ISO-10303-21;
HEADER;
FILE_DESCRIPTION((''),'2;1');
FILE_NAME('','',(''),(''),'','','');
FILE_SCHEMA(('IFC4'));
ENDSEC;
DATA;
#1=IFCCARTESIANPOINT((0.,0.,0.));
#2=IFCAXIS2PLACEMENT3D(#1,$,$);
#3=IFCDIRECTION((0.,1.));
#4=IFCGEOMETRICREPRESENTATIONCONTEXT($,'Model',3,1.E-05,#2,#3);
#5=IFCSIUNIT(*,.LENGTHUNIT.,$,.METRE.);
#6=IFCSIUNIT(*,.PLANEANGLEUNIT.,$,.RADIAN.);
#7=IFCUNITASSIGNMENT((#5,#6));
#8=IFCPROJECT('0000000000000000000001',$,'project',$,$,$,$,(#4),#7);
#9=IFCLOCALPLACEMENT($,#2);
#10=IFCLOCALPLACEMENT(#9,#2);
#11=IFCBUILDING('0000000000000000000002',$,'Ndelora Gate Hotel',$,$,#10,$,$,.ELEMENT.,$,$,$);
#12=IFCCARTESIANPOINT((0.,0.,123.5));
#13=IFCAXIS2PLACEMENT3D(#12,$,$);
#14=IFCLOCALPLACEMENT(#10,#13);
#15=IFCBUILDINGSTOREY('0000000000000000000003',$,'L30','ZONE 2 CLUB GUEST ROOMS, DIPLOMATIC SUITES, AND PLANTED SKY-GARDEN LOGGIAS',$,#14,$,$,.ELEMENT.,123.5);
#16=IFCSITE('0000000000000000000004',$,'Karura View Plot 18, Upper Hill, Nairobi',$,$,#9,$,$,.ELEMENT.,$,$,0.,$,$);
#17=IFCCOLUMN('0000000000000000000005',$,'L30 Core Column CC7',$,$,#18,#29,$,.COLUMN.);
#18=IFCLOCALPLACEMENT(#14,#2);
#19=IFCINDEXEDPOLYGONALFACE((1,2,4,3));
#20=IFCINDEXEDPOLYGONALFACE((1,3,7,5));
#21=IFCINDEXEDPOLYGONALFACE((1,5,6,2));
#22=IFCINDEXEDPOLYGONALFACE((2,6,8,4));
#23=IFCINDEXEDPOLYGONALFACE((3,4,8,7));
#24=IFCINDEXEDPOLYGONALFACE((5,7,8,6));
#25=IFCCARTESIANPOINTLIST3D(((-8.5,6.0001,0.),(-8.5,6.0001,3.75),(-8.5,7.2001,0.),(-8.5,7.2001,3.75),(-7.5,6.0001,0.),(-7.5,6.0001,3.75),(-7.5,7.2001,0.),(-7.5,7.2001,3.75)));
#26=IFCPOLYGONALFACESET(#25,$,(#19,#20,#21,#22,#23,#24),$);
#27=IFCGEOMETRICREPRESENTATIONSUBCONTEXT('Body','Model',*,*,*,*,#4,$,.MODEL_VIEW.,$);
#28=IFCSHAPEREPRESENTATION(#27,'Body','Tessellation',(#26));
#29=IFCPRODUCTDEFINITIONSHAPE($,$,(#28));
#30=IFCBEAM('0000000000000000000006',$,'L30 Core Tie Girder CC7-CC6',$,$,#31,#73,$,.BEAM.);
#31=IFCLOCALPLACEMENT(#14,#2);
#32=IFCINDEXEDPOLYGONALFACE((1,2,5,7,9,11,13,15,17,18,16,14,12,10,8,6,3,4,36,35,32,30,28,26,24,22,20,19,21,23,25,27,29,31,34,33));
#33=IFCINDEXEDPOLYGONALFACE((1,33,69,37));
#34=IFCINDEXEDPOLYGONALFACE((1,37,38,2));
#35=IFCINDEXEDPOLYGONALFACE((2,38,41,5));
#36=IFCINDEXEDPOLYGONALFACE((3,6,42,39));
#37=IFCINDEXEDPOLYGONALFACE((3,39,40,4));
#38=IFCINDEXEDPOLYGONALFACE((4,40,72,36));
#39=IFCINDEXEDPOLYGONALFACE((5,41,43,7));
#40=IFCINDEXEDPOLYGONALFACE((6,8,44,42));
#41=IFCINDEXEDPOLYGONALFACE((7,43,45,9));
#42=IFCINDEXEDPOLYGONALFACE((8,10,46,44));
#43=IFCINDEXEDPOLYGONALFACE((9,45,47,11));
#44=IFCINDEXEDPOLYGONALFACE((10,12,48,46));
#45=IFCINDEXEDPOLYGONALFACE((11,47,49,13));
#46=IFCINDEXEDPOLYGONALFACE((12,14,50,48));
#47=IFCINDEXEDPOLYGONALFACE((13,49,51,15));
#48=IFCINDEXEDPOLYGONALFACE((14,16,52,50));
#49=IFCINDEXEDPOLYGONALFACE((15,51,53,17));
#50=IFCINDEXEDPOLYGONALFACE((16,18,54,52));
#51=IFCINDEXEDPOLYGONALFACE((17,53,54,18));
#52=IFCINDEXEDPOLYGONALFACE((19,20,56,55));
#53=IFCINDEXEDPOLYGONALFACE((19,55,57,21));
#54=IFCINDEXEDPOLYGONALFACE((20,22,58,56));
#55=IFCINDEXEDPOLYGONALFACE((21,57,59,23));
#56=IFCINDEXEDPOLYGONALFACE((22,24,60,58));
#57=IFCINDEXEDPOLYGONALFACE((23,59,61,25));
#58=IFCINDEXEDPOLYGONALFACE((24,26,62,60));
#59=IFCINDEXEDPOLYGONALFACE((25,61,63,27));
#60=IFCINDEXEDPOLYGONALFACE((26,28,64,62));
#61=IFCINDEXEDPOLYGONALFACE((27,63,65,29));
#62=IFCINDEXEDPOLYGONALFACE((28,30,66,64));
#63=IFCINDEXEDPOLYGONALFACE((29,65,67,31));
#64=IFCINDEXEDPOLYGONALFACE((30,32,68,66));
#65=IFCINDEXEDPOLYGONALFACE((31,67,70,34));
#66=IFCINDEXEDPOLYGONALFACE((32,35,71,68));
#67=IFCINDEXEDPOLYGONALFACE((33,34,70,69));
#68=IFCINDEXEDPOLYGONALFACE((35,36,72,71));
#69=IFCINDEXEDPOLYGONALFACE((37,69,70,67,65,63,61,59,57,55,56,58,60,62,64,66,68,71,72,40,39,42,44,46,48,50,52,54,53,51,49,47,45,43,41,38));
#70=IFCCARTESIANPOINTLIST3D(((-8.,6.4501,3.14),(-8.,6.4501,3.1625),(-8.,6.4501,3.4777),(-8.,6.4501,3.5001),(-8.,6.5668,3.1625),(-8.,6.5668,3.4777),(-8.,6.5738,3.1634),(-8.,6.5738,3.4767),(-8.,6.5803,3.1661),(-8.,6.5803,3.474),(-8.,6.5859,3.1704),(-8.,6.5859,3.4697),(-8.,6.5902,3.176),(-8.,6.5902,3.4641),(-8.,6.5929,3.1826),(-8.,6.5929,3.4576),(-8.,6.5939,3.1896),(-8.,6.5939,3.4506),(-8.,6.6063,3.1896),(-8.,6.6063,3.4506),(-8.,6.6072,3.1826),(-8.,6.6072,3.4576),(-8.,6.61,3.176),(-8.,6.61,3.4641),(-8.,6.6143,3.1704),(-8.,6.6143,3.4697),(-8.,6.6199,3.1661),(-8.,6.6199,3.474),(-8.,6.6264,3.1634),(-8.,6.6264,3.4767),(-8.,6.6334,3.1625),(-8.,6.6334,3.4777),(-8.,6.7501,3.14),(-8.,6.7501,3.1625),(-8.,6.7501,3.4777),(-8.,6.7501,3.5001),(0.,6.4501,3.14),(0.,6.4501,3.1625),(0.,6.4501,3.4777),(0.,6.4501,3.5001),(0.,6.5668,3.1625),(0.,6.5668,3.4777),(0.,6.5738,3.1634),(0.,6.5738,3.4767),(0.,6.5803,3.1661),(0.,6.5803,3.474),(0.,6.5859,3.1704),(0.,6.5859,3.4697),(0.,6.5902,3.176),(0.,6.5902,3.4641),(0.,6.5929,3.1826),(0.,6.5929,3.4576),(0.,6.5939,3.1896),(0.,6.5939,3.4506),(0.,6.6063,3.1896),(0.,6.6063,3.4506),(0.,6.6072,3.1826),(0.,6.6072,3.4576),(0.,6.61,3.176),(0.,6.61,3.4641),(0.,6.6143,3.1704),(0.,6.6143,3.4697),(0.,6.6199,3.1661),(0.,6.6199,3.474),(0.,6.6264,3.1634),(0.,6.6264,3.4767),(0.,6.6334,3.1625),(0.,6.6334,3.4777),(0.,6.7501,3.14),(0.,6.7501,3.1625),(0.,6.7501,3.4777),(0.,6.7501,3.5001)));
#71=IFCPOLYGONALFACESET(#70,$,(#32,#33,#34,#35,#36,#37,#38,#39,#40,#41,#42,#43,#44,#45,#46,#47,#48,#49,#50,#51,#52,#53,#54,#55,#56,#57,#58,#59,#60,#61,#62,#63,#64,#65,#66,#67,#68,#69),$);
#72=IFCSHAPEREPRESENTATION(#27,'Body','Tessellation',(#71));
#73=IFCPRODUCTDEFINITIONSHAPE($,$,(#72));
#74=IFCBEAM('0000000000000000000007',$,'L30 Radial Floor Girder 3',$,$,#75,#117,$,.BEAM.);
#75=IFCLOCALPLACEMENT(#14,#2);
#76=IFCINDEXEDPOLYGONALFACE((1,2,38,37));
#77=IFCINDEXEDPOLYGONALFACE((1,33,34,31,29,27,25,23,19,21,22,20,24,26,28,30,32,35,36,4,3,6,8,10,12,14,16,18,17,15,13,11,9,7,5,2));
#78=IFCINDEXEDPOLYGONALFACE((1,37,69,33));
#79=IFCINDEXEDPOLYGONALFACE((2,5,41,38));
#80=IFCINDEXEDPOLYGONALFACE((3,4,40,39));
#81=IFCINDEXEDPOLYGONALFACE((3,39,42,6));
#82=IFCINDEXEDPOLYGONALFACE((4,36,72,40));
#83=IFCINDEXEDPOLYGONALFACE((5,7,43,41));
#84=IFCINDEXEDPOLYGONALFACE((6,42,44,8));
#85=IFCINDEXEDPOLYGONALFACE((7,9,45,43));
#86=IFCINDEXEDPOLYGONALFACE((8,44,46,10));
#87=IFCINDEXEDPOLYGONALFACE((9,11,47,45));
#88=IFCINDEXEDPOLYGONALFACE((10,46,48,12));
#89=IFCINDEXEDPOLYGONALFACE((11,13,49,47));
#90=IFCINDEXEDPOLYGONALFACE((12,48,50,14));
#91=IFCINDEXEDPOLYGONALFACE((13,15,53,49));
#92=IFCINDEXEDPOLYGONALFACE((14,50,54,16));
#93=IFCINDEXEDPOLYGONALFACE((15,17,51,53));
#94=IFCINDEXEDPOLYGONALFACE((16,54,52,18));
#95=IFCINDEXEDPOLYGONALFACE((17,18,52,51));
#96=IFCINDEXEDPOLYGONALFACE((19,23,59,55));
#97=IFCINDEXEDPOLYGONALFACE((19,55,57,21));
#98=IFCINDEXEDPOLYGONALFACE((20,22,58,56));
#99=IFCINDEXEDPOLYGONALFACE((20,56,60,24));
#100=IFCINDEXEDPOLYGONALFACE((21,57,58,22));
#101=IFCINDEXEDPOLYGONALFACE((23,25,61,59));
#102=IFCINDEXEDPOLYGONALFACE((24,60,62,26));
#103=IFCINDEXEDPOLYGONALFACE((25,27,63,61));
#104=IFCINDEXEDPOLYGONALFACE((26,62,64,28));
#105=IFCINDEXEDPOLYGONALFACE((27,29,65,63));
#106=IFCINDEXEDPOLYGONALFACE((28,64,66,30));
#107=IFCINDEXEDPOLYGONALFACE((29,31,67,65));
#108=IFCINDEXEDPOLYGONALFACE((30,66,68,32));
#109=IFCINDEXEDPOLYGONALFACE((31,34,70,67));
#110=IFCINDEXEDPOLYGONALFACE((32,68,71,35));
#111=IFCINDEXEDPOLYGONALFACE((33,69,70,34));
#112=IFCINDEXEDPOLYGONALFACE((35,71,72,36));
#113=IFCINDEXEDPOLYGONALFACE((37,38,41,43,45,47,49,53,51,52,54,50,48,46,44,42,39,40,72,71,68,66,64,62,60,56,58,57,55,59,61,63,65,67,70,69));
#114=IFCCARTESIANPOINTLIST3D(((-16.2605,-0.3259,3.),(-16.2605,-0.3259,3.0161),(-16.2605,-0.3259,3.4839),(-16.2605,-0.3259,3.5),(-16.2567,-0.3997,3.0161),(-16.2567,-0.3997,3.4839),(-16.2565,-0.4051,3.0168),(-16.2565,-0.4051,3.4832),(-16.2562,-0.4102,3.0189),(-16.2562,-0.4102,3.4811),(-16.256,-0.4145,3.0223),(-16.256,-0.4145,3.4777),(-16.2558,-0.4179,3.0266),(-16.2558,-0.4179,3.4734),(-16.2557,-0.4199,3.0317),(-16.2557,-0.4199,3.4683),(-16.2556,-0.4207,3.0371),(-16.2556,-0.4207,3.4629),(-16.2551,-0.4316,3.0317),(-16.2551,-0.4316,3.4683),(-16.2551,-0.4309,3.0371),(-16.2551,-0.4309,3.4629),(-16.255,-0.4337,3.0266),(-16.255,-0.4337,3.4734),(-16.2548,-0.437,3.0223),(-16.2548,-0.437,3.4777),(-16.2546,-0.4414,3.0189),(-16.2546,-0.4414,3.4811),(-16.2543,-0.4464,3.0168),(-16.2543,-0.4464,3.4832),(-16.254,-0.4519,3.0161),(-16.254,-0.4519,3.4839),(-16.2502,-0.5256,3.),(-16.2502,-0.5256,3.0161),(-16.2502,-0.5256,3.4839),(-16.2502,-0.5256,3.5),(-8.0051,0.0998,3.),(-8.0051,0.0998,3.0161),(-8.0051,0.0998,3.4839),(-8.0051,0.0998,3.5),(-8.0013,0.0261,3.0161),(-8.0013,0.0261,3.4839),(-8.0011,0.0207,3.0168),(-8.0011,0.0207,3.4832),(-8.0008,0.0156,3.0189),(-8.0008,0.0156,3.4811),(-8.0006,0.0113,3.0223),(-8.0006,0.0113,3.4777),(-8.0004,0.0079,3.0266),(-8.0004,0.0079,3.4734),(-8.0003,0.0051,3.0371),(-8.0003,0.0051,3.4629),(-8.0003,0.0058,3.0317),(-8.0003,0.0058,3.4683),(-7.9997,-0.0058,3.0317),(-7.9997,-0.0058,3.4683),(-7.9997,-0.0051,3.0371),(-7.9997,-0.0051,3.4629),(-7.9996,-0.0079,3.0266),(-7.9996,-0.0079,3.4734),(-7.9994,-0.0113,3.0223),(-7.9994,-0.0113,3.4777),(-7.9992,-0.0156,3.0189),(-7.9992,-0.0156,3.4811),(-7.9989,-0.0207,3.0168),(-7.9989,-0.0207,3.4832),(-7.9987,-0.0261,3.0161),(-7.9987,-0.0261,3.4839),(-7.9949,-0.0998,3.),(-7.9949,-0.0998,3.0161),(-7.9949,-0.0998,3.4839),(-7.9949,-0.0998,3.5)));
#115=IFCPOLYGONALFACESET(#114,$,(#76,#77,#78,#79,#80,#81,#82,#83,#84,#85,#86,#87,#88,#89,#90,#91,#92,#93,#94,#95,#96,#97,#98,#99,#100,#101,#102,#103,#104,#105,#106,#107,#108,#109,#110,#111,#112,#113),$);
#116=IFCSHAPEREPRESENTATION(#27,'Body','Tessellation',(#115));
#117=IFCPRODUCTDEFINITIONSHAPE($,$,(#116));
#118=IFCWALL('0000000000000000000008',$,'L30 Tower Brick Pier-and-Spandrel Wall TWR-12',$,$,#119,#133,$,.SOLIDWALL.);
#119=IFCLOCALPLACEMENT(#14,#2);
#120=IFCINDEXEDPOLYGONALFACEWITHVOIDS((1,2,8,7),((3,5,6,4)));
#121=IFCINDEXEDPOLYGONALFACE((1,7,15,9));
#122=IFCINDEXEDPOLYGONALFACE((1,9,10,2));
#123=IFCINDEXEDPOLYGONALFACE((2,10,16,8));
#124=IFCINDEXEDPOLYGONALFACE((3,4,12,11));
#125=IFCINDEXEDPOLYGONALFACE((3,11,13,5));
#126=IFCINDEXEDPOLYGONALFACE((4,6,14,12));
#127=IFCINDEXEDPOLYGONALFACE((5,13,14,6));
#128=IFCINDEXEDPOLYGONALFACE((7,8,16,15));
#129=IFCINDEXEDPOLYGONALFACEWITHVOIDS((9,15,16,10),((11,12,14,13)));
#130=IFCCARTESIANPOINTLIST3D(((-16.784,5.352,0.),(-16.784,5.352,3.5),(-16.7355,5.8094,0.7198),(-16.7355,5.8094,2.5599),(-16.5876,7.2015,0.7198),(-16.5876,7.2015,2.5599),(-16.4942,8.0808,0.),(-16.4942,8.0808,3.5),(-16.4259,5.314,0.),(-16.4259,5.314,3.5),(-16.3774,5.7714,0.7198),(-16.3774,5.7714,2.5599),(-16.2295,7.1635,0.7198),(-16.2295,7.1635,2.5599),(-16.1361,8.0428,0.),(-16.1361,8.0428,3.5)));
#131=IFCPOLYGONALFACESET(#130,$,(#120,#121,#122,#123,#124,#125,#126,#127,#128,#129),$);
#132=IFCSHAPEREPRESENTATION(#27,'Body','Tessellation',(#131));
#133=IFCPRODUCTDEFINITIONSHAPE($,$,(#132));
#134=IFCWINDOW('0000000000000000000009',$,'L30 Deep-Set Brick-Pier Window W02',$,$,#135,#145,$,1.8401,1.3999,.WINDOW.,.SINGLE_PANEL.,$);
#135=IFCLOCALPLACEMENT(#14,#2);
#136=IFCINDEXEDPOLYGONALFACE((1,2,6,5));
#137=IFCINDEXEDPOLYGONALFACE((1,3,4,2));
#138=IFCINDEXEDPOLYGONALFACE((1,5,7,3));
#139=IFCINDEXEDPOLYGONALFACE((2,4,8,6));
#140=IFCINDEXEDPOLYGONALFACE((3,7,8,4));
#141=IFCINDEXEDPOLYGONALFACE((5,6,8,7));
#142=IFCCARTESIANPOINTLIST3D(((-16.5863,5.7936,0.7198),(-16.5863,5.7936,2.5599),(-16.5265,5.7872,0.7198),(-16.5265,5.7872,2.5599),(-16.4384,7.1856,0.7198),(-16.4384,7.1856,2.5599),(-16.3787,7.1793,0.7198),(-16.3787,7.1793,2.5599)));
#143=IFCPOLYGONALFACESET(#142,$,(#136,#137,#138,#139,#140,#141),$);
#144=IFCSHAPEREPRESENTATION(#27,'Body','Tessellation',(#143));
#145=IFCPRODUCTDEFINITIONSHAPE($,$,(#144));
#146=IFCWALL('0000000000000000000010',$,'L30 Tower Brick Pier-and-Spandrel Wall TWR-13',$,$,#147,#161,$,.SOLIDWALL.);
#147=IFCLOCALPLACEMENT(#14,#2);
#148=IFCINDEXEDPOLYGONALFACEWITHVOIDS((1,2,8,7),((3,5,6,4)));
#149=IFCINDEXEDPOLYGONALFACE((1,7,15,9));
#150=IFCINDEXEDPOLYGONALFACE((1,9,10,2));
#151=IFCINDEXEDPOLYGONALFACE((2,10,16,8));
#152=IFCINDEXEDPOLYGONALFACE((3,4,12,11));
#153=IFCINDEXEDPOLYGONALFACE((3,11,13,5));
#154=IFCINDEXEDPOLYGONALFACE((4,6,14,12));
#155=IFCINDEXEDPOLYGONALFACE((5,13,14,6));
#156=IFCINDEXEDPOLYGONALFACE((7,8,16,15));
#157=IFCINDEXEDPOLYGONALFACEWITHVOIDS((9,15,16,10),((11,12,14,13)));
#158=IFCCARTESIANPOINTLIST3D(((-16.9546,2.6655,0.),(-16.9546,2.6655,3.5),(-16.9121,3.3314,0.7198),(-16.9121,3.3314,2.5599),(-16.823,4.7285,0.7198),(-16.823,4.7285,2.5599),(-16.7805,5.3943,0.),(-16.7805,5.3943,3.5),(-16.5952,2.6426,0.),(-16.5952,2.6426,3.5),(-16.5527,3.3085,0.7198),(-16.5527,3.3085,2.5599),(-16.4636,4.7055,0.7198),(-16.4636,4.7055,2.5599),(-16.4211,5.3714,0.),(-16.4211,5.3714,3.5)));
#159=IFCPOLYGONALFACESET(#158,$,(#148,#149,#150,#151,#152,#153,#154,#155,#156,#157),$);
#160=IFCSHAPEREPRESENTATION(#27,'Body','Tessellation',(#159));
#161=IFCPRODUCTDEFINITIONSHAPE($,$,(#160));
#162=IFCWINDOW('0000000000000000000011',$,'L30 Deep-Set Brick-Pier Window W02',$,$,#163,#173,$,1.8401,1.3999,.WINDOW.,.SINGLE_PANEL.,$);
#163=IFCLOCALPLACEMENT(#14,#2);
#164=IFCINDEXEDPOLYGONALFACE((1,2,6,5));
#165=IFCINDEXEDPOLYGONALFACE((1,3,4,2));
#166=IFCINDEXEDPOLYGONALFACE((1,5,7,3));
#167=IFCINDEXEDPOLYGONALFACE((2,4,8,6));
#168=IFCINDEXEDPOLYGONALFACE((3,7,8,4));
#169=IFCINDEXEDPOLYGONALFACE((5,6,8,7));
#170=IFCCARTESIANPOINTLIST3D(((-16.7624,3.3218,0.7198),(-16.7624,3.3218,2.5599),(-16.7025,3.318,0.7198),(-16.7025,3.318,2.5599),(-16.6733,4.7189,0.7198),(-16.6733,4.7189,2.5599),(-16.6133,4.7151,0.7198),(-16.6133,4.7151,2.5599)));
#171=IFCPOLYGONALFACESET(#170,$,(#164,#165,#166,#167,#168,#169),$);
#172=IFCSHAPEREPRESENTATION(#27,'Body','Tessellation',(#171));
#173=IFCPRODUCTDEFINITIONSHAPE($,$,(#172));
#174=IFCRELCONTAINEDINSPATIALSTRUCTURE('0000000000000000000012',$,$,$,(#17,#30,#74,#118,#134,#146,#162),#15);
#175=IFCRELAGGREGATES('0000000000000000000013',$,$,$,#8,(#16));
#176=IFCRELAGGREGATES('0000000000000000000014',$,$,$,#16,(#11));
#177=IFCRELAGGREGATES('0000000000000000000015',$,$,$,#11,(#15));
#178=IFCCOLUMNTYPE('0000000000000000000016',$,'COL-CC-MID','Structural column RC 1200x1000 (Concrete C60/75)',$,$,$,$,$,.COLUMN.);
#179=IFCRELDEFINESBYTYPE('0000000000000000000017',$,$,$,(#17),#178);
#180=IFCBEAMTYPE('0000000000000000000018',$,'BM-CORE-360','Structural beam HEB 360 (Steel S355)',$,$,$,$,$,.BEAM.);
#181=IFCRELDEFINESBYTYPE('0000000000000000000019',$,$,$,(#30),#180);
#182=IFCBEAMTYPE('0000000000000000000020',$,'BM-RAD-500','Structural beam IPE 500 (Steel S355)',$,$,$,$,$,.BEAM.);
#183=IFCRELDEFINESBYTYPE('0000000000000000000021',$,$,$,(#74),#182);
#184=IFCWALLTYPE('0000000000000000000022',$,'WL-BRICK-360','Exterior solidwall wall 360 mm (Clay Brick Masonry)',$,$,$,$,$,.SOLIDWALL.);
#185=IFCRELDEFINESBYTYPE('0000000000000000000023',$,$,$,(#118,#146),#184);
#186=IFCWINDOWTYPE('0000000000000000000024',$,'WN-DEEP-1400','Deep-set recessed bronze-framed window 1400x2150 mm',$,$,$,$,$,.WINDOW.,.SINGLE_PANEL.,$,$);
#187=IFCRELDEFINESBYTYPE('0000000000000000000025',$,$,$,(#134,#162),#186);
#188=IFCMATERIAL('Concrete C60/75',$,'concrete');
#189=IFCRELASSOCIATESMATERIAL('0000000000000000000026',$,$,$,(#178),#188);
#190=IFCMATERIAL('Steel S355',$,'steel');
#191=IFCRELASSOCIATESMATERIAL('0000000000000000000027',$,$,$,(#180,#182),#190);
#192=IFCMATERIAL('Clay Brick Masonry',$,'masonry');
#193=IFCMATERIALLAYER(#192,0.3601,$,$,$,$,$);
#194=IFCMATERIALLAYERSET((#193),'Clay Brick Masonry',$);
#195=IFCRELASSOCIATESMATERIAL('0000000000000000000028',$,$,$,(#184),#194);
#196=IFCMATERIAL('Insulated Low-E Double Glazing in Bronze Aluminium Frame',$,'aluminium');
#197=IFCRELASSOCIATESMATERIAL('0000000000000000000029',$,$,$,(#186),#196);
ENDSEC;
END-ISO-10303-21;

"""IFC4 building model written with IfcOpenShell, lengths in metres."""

from ifc_helpers import new_model, si_unit, direction, frame, frame_2d, origin, origin_2d, place, context, subcontext, project, spatial, rectangle, i_section, extrude, material, layer, layer_set, material_profile, profile_set, type_object, element, fill, save


model = new_model("IFC4")

# Units and contexts
model_context = context("Model", 3, precision=1e-05, world=origin(), true_north=direction((0.0, 1.0)))
body_context = subcontext(model_context, "Body", "Model", "MODEL_VIEW")
ifc_project = project(units=[si_unit("LENGTHUNIT", "METRE"), si_unit("PLANEANGLEUNIT", "RADIAN")], contexts=[model_context])

# Site, building, storey
site_placement = place(None, origin())
site = spatial("IfcSite", under=ifc_project, at=site_placement, Name="Karura View Plot 18, Upper Hill, Nairobi", CompositionType="ELEMENT", RefElevation=0.0)
building_placement = place(site_placement, origin())
building = spatial("IfcBuilding", under=site, at=building_placement, Name="Ndelora Gate Hotel", CompositionType="ELEMENT")
storey_placement = place(building_placement, frame((0.0, 0.0, 123.5)))
storey = spatial("IfcBuildingStorey", under=building, at=storey_placement, Name="L30", Description="ZONE 2 CLUB GUEST ROOMS, DIPLOMATIC SUITES, AND PLANTED SKY-GARDEN LOGGIAS", CompositionType="ELEMENT", Elevation=123.5)

# Column
ifc_material_1 = material(Name="Concrete C60/75", Category="concrete")
ifc_material_profile_1 = material_profile(ifc_material_1, rectangle(XDim=1.0, YDim=1.2, at=origin_2d()), Name="RC 1200x1000")
ifc_profile_set_1 = profile_set([ifc_material_profile_1], Name="Concrete C60/75")
column_type = type_object("IfcColumnType", Name="COL-CC-MID", Description="Structural column RC 1200x1000 (Concrete C60/75)", PredefinedType="COLUMN", material=ifc_profile_set_1)
column_placement = place(storey_placement, frame((-8.0, 6.6001, 0.0), z_axis=(0.0, 0.0, 1.0), x_axis=(1.0, 0.0, 0.0)))
element("IfcColumn", 1, at=column_placement, inside=storey, type_object=column_type, Name="L30 Core Column CC7", PredefinedType="COLUMN", context=body_context, shape_type="SweptSolid", body=[
    extrude(rectangle(XDim=1.0, YDim=1.2, at=origin_2d()), origin(), (0.0, 0.0, 1.0), 3.75),
])

# Beams
ifc_material_2 = material(Name="Steel S355", Category="steel")
ifc_material_profile_2 = material_profile(ifc_material_2, i_section(OverallWidth=0.3, OverallDepth=0.3601, WebThickness=0.0125, FlangeThickness=0.0225, FilletRadius=0.0271, at=origin_2d()), Name="HEB 360")
ifc_profile_set_2 = profile_set([ifc_material_profile_2], Name="Steel S355")
beam_type_1 = type_object("IfcBeamType", Name="BM-CORE-360", Description="Structural beam HEB 360 (Steel S355)", PredefinedType="BEAM", material=ifc_profile_set_2)
beam_1_placement = place(storey_placement, frame((-8.0, 6.6001, 3.3201), z_axis=(1.0, 0.0, 0.0), x_axis=(0.0, 1.0, 0.0)))
element("IfcBeam", 2, at=beam_1_placement, inside=storey, type_object=beam_type_1, Name="L30 Core Tie Girder CC7-CC6", PredefinedType="BEAM", context=body_context, shape_type="SweptSolid", body=[
    extrude(i_section(OverallWidth=0.3, OverallDepth=0.3601, WebThickness=0.0125, FlangeThickness=0.0225, FilletRadius=0.0271, at=origin_2d()), origin(), (0.0, 0.0, 1.0), 8.0),
])
ifc_material_profile_3 = material_profile(ifc_material_2, i_section(OverallWidth=0.2, OverallDepth=0.5, WebThickness=0.0103, FlangeThickness=0.0161, FilletRadius=0.021, at=origin_2d()), Name="IPE 500")
ifc_profile_set_3 = profile_set([ifc_material_profile_3], Name="Steel S355")
beam_type_2 = type_object("IfcBeamType", Name="BM-RAD-500", Description="Structural beam IPE 500 (Steel S355)", PredefinedType="BEAM", material=ifc_profile_set_3)
beam_2_placement = place(storey_placement, frame((-8.0, 0.0, 3.25), z_axis=(-0.998673, -0.051508, 0.0), x_axis=(0.051508, -0.998673, 0.0)))
element("IfcBeam", 3, at=beam_2_placement, inside=storey, type_object=beam_type_2, Name="L30 Radial Floor Girder 3", PredefinedType="BEAM", context=body_context, shape_type="SweptSolid", body=[
    extrude(i_section(OverallWidth=0.2, OverallDepth=0.5, WebThickness=0.0103, FlangeThickness=0.0161, FilletRadius=0.021, at=origin_2d()), origin(), (0.0, 0.0, 1.0), 8.2664),
])

# Walls, openings, windows
ifc_material_3 = material(Name="Clay Brick Masonry", Category="masonry")
ifc_layer_1 = layer(ifc_material_3, 0.3601)
ifc_layer_set_1 = layer_set([ifc_layer_1], Name="Clay Brick Masonry")
wall_type_1 = type_object("IfcWallType", Name="WL-BRICK-360", Description="Exterior solidwall wall 360 mm (Clay Brick Masonry)", PredefinedType="SOLIDWALL", material=ifc_layer_set_1)
wall_1_placement = place(storey_placement, frame((-16.605, 5.333, 0.0), z_axis=(0.0, 0.0, 1.0), x_axis=(0.105606, 0.994408, 0.0)))
wall_1 = element("IfcWall", 4, at=wall_1_placement, inside=storey, type_object=wall_type_1, Name="L30 Tower Brick Pier-and-Spandrel Wall TWR-12", PredefinedType="SOLIDWALL", context=body_context, shape_type="SweptSolid", body=[
    extrude(rectangle(XDim=2.7441, YDim=0.3601, at=frame_2d((1.3721, 0.0))), origin(), (0.0, 0.0, 1.0), 3.5),
])
opening_1_placement = place(wall_1_placement, frame((0.46, 0.0, 0.72)))
opening_1 = element("IfcOpeningElement", 5, at=opening_1_placement, cuts=wall_1, PredefinedType="OPENING", context=body_context, shape_type="SweptSolid", body=[
    extrude(rectangle(XDim=1.3999, YDim=1.8401, at=frame_2d((0.7, 0.9199))), frame((0.0, 0.1899, 0.0), z_axis=(0.0, -1.0, 0.0), x_axis=(1.0, 0.0, 0.0)), (0.0, 0.0, 1.0), 0.3801),
])
ifc_material_4 = material(Name="Insulated Low-E Double Glazing in Bronze Aluminium Frame", Category="aluminium")
window_type = type_object("IfcWindowType", Name="WN-DEEP-1400", Description="Deep-set recessed bronze-framed window 1400x2150 mm", PartitioningType="SINGLE_PANEL", PredefinedType="WINDOW", material=ifc_material_4)
window_1_placement = place(opening_1_placement, origin())
window_1 = element("IfcWindow", 6, at=window_1_placement, inside=storey, type_object=window_type, Name="L30 Deep-Set Brick-Pier Window W02", OverallHeight=1.8401, OverallWidth=1.3999, PartitioningType="SINGLE_PANEL", PredefinedType="WINDOW", context=body_context, shape_type="SweptSolid", body=[
    extrude(rectangle(XDim=1.3999, YDim=1.8401, at=frame_2d((0.7, 0.9199))), frame((0.0, 0.03, 0.0), z_axis=(0.0, -1.0, 0.0), x_axis=(1.0, 0.0, 0.0)), (0.0, 0.0, 1.0), 0.0601),
])
fill(opening_1, window_1)
wall_2_placement = place(storey_placement, frame((-16.7749, 2.6541, 0.0), z_axis=(0.0, 0.0, 1.0), x_axis=(0.063662, 0.997971, 0.0)))
wall_2 = element("IfcWall", 7, at=wall_2_placement, inside=storey, type_object=wall_type_1, Name="L30 Tower Brick Pier-and-Spandrel Wall TWR-13", PredefinedType="SOLIDWALL", context=body_context, shape_type="SweptSolid", body=[
    extrude(rectangle(XDim=2.7344, YDim=0.3601, at=frame_2d((1.3672, 0.0))), origin(), (0.0, 0.0, 1.0), 3.5),
])
opening_2_placement = place(wall_2_placement, frame((0.6672, 0.0, 0.72)))
opening_2 = element("IfcOpeningElement", 8, at=opening_2_placement, cuts=wall_2, PredefinedType="OPENING", context=body_context, shape_type="SweptSolid", body=[
    extrude(rectangle(XDim=1.3999, YDim=1.8401, at=frame_2d((0.7, 0.9199))), frame((0.0, 0.1899, 0.0), z_axis=(0.0, -1.0, 0.0), x_axis=(1.0, 0.0, 0.0)), (0.0, 0.0, 1.0), 0.3801),
])
window_2_placement = place(opening_2_placement, origin())
window_2 = element("IfcWindow", 9, at=window_2_placement, inside=storey, type_object=window_type, Name="L30 Deep-Set Brick-Pier Window W02", OverallHeight=1.8401, OverallWidth=1.3999, PartitioningType="SINGLE_PANEL", PredefinedType="WINDOW", context=body_context, shape_type="SweptSolid", body=[
    extrude(rectangle(XDim=1.3999, YDim=1.8401, at=frame_2d((0.7, 0.9199))), frame((0.0, 0.03, 0.0), z_axis=(0.0, -1.0, 0.0), x_axis=(1.0, 0.0, 0.0)), (0.0, 0.0, 1.0), 0.0601),
])
fill(opening_2, window_2)

save(model, "model.ifc")
